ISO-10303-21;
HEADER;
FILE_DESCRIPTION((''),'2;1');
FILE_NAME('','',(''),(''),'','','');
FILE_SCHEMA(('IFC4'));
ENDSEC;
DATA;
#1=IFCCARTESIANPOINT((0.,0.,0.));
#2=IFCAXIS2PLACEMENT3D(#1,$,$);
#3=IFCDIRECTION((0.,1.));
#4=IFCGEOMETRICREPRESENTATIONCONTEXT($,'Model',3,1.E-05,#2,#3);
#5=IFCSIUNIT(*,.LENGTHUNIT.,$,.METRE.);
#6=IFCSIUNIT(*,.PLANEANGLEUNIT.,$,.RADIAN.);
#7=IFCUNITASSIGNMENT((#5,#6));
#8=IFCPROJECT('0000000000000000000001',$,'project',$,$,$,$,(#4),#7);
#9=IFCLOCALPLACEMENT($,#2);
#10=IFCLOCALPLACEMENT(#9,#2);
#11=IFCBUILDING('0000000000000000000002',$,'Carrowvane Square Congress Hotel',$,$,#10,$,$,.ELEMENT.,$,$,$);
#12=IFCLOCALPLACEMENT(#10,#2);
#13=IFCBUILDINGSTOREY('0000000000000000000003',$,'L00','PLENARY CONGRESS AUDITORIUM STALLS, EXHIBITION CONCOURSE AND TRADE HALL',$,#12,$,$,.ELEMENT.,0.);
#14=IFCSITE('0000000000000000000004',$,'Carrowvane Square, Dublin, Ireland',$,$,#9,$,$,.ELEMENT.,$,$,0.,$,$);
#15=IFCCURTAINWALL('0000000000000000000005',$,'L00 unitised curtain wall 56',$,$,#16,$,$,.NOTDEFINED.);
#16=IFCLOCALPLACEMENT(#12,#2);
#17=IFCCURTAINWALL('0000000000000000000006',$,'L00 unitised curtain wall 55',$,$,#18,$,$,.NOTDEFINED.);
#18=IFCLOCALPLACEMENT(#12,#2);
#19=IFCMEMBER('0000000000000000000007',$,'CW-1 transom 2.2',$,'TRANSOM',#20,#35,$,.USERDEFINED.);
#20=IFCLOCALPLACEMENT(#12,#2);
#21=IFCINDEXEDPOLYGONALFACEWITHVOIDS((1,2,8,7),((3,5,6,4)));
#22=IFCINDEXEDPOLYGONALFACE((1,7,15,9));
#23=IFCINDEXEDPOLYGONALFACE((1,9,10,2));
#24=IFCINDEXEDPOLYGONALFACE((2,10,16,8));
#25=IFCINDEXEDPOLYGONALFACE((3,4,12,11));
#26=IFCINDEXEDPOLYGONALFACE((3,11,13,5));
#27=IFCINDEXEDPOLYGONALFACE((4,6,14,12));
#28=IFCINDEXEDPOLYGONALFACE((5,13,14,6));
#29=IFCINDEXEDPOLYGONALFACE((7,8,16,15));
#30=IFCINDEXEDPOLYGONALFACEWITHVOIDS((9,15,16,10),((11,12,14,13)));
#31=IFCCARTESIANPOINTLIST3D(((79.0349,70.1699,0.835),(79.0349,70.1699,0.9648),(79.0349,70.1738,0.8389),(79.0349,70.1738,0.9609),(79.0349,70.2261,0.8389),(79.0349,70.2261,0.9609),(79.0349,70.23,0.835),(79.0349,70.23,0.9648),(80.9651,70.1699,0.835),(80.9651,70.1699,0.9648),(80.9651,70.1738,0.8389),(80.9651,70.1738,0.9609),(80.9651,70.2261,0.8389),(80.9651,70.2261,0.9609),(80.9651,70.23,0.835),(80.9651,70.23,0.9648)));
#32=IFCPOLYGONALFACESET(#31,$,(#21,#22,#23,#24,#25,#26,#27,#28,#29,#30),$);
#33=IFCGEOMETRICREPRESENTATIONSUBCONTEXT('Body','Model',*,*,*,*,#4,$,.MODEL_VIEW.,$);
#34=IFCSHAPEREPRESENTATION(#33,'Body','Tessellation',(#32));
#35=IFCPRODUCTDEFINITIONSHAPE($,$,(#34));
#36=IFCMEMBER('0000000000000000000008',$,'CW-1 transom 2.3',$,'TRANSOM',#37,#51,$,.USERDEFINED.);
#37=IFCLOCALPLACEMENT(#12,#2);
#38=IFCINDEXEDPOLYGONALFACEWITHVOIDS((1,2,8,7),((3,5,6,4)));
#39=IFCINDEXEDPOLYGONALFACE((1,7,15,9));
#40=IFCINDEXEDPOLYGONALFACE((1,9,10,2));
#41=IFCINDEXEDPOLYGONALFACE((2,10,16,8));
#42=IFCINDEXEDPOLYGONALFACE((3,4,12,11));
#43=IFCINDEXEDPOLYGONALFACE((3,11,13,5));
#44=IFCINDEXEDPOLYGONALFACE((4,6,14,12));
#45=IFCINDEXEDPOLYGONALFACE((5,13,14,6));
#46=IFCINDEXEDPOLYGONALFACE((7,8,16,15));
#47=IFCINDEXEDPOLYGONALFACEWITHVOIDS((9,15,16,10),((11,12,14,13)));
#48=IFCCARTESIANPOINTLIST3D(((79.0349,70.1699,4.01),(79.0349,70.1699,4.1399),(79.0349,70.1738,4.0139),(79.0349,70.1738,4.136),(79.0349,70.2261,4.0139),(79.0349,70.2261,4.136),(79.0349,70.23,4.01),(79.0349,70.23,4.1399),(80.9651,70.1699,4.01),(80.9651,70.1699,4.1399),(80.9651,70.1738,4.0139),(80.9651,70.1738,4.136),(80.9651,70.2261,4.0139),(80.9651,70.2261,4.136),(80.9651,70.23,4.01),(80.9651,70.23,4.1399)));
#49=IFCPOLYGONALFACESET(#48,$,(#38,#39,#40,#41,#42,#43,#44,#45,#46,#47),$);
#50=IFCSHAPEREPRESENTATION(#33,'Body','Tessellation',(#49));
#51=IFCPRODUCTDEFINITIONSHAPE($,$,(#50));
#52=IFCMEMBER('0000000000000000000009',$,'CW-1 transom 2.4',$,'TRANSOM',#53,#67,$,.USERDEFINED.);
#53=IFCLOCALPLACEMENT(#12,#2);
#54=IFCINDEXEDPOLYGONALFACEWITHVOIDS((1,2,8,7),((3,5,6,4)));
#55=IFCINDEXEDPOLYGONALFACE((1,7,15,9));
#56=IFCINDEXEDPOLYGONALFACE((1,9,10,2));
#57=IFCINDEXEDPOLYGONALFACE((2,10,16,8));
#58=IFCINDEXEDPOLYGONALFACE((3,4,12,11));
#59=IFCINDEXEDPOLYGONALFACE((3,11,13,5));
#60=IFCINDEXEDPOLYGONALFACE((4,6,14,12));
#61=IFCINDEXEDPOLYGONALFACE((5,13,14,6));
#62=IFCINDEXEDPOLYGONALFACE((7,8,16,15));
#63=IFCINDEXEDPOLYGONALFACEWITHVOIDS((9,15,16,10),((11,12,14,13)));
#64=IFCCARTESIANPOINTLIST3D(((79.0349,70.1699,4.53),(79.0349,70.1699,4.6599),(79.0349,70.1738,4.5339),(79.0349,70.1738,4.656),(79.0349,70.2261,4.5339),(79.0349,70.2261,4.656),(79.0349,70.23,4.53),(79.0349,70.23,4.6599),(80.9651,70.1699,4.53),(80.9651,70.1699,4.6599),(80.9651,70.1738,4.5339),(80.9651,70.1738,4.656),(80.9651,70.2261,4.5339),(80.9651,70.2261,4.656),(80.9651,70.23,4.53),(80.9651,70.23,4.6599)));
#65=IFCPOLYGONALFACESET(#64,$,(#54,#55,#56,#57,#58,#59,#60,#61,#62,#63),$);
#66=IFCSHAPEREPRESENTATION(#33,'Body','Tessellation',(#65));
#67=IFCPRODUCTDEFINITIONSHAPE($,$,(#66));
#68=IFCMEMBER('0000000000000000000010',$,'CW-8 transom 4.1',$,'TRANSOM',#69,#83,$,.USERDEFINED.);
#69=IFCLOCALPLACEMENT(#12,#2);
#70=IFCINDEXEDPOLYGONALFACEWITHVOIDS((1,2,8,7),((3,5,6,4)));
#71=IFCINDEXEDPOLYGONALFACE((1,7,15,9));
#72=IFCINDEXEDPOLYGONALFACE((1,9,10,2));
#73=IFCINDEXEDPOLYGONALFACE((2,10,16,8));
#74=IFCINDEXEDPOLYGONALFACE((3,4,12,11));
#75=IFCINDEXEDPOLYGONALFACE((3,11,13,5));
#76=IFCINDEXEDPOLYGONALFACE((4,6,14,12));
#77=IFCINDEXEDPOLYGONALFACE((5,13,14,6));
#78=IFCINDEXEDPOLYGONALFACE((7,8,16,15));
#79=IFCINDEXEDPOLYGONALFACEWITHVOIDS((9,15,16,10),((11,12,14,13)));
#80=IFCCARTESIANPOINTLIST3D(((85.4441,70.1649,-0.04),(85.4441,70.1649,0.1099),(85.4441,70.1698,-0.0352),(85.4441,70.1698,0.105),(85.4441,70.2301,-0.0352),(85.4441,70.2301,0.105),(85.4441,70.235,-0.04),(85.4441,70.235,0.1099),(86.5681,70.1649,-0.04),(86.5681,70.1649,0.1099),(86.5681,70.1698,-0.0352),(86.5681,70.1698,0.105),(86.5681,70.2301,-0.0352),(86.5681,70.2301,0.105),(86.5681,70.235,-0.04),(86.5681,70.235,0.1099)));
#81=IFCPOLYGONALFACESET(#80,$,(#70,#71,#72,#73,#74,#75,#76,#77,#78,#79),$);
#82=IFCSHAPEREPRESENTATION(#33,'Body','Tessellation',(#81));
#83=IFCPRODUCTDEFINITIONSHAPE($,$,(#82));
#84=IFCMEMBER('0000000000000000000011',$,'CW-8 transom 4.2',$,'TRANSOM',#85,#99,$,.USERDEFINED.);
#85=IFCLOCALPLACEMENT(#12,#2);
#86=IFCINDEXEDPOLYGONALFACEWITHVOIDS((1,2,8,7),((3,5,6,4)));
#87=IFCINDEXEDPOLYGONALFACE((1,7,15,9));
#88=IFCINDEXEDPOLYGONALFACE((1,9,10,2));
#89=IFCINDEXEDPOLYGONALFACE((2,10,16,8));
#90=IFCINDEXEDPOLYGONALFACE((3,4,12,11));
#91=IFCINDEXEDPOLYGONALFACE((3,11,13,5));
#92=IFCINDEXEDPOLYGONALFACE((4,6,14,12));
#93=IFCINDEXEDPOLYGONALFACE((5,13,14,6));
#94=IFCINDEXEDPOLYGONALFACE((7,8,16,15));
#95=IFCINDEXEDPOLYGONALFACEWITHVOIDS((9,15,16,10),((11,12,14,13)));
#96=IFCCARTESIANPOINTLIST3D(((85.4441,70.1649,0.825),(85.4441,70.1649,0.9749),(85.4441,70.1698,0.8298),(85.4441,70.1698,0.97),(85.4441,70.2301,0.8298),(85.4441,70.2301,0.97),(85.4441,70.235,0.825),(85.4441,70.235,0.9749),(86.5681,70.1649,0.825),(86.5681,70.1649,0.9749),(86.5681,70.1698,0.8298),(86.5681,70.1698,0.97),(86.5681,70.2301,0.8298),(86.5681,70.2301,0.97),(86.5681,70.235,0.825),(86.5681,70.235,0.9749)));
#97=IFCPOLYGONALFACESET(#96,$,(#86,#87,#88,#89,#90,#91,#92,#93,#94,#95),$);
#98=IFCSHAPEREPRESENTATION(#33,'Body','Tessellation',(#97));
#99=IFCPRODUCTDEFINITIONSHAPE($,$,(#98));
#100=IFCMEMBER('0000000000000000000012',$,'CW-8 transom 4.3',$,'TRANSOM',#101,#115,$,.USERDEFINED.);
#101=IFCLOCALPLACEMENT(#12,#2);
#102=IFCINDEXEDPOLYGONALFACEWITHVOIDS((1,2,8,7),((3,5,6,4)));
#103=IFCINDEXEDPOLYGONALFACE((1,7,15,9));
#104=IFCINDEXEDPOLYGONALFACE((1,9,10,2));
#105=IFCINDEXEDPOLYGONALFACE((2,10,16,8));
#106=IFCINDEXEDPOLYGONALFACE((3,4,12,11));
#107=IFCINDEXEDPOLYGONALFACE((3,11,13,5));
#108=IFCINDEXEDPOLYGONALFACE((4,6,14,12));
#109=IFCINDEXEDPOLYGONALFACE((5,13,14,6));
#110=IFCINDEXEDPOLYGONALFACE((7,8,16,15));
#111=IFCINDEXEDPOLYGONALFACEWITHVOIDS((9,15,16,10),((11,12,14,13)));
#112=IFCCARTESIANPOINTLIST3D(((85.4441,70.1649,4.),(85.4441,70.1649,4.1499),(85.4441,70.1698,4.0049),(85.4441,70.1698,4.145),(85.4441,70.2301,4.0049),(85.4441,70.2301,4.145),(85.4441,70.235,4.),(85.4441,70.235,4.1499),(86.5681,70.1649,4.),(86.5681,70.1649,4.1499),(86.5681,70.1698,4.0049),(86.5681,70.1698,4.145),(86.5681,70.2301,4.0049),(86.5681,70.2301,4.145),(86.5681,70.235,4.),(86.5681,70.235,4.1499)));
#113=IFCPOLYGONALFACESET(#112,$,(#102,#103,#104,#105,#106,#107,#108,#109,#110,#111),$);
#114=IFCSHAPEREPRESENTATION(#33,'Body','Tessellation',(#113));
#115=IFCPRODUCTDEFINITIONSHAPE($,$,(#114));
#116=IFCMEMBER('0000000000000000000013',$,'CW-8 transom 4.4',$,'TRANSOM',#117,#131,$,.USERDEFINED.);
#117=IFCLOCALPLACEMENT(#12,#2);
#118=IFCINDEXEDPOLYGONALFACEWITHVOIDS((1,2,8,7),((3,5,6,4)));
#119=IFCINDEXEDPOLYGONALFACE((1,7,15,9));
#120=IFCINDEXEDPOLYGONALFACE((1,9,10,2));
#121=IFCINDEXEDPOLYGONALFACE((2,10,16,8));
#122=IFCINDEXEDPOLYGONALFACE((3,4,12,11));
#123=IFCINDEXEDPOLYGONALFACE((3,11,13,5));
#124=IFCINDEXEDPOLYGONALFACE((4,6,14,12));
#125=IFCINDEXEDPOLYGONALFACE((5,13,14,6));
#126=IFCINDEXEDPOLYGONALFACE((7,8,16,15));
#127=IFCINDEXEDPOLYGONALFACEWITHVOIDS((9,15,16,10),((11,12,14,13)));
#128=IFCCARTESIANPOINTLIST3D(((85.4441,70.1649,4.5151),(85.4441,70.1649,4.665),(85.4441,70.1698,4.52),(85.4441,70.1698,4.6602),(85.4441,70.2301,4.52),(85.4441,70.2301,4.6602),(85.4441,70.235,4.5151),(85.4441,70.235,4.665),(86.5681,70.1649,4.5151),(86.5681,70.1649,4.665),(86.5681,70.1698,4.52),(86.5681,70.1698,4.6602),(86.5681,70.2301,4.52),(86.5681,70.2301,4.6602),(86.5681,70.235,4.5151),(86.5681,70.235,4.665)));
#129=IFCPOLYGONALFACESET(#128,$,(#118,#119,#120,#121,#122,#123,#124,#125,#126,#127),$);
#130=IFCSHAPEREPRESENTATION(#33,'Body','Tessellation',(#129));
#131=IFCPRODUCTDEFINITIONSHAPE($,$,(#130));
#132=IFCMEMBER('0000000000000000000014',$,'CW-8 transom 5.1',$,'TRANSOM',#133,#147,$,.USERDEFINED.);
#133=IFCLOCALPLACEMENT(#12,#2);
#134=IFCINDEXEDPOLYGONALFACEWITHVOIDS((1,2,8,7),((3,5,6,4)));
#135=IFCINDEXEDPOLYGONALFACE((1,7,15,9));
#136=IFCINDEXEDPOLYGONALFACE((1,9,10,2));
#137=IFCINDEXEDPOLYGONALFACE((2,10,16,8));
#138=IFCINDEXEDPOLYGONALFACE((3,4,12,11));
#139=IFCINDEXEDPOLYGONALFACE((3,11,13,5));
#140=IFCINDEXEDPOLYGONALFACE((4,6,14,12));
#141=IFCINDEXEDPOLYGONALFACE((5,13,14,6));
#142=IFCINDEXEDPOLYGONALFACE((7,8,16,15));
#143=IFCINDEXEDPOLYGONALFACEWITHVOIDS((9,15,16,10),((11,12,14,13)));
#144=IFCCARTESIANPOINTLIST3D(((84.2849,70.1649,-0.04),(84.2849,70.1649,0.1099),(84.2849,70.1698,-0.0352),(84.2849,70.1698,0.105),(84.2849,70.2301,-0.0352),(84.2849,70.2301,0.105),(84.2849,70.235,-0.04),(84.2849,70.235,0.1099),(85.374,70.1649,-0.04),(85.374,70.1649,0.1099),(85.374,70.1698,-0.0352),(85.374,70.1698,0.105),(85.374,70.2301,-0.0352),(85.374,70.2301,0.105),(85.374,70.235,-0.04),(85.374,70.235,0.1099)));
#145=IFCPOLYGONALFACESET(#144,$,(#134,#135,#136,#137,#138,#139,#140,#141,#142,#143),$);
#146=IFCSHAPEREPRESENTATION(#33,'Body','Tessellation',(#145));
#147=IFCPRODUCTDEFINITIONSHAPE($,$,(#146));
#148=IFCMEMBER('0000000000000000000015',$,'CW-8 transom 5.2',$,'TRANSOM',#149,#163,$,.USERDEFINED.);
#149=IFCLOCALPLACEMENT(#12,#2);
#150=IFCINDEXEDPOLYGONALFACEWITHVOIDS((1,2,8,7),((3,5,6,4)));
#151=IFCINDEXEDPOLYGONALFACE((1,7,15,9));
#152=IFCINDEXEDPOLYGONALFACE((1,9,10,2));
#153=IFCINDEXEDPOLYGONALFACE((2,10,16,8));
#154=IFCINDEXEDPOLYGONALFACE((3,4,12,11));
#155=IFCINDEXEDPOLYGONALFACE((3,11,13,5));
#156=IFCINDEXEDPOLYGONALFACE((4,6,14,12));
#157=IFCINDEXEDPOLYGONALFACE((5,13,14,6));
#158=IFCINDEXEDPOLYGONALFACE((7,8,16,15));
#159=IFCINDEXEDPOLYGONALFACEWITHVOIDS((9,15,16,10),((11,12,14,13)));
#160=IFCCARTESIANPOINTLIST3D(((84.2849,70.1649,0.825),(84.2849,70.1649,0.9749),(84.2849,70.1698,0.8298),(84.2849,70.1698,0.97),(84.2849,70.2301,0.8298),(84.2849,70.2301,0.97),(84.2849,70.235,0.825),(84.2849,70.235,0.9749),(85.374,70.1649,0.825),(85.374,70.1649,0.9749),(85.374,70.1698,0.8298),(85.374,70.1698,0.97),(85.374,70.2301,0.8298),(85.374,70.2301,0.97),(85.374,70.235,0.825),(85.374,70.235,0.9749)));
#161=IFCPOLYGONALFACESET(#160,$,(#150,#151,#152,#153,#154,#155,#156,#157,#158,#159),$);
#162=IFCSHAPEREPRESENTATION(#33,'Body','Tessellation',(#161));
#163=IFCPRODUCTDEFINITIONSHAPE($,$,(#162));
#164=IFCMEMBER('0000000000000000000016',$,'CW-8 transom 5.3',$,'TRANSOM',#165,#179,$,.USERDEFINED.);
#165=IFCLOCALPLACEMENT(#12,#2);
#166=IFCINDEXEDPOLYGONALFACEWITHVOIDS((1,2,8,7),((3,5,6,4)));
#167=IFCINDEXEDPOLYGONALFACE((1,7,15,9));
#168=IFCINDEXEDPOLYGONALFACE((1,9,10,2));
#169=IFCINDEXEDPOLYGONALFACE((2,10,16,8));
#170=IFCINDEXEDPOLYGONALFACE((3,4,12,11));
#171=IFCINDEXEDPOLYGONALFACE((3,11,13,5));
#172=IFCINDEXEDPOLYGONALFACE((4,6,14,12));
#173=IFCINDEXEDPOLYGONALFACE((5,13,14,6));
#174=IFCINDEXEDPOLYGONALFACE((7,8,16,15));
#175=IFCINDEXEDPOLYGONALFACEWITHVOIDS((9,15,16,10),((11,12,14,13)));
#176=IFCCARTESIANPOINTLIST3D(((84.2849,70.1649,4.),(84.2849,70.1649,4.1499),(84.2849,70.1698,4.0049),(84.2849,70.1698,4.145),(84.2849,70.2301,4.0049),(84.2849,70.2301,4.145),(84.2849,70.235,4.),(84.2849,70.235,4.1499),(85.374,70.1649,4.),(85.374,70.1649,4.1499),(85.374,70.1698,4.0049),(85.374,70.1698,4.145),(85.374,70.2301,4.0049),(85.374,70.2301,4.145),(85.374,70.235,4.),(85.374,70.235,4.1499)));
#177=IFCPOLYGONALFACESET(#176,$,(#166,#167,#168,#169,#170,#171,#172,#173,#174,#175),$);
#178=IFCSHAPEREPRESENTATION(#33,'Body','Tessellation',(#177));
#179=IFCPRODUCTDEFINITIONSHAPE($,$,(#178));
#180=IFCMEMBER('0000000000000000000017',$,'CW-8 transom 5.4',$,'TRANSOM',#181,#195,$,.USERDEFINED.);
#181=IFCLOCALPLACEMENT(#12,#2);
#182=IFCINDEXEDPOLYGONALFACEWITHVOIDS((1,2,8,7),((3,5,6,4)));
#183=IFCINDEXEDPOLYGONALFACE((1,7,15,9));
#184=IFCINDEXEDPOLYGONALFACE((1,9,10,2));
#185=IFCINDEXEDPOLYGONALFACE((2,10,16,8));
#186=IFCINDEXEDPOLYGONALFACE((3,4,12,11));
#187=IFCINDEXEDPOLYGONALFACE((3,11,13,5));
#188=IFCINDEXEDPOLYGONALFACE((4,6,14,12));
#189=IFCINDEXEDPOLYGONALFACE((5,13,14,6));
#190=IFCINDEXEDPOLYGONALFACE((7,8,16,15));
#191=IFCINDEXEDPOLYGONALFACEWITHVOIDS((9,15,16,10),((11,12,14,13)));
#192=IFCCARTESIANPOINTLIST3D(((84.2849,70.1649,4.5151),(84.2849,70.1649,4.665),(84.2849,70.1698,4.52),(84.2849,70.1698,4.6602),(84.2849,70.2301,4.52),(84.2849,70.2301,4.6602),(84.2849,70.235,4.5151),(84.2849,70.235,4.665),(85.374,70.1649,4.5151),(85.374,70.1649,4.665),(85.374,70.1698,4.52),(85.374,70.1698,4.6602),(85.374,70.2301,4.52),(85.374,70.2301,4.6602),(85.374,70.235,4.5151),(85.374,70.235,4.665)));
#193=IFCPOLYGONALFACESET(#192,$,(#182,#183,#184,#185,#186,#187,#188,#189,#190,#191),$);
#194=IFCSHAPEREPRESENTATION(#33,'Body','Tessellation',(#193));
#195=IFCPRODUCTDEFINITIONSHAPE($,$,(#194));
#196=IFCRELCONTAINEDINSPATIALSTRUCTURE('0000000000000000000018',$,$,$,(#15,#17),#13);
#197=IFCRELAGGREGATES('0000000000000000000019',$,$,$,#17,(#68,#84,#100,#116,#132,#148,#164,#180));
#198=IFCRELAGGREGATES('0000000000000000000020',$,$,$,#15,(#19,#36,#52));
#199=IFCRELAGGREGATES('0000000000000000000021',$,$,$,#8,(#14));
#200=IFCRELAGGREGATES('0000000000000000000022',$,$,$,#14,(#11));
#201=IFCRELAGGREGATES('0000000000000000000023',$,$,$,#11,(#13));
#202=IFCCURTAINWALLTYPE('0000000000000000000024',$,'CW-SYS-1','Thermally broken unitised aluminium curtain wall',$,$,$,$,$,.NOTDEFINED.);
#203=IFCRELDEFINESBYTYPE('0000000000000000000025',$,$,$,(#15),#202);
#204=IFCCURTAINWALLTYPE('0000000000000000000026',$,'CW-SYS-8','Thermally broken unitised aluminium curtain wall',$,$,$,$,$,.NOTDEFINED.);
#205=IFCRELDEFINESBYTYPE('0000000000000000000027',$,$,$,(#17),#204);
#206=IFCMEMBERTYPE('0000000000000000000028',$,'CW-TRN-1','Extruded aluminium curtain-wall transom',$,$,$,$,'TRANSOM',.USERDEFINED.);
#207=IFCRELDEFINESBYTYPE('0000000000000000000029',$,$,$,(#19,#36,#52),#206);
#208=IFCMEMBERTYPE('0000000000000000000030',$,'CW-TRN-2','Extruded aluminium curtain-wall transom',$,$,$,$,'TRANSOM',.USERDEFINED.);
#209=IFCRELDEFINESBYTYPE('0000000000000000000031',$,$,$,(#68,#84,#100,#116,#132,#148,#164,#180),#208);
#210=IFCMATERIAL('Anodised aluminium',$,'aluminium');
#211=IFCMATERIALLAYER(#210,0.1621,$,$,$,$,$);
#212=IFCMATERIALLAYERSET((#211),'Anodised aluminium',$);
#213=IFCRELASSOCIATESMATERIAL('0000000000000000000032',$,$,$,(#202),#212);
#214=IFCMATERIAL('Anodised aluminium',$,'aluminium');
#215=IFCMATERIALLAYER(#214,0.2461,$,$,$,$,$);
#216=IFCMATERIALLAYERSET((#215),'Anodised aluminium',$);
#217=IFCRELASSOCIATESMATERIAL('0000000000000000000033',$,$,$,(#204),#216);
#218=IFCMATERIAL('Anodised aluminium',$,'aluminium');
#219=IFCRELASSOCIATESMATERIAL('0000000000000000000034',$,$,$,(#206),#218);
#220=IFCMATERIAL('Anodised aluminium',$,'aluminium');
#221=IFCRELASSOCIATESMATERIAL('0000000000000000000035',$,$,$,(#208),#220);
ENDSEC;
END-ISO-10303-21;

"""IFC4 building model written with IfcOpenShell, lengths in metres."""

from ifc_helpers import new_model, si_unit, direction, frame, origin, origin_2d, place, context, subcontext, project, spatial, hollow_rectangle, extrude, material, layer, layer_set, material_profile, profile_set, type_object, element, aggregate, save


model = new_model("IFC4")

# Units and contexts
model_context = context("Model", 3, precision=1e-05, world=origin(), true_north=direction((0.0, 1.0)))
body_context = subcontext(model_context, "Body", "Model", "MODEL_VIEW")
ifc_project = project(units=[si_unit("LENGTHUNIT", "METRE"), si_unit("PLANEANGLEUNIT", "RADIAN")], contexts=[model_context])

# Site, building, storey
site_placement = place(None, origin())
site = spatial("IfcSite", under=ifc_project, at=site_placement, Name="Carrowvane Square, Dublin, Ireland", CompositionType="ELEMENT", RefElevation=0.0)
building_placement = place(site_placement, origin())
building = spatial("IfcBuilding", under=site, at=building_placement, Name="Carrowvane Square Congress Hotel", CompositionType="ELEMENT")
storey_placement = place(building_placement, origin())
storey = spatial("IfcBuildingStorey", under=building, at=storey_placement, Name="L00", Description="PLENARY CONGRESS AUDITORIUM STALLS, EXHIBITION CONCOURSE AND TRADE HALL", CompositionType="ELEMENT", Elevation=0.0)

# Curtain walls
ifc_material_1 = material(Name="Anodised aluminium", Category="aluminium")
ifc_layer_1 = layer(ifc_material_1, 0.1621)
ifc_layer_set_1 = layer_set([ifc_layer_1], Name="Anodised aluminium")
curtain_wall_type_1 = type_object("IfcCurtainWallType", Name="CW-SYS-1", Description="Thermally broken unitised aluminium curtain wall", PredefinedType="NOTDEFINED", material=ifc_layer_set_1)
curtain_wall_1_placement = place(storey_placement, origin())
curtain_wall_1 = element("IfcCurtainWall", 1, at=curtain_wall_1_placement, inside=storey, type_object=curtain_wall_type_1, Name="L00 unitised curtain wall 56", PredefinedType="NOTDEFINED")
ifc_material_2 = material(Name="Anodised aluminium", Category="aluminium")
ifc_layer_2 = layer(ifc_material_2, 0.2461)
ifc_layer_set_2 = layer_set([ifc_layer_2], Name="Anodised aluminium")
curtain_wall_type_2 = type_object("IfcCurtainWallType", Name="CW-SYS-8", Description="Thermally broken unitised aluminium curtain wall", PredefinedType="NOTDEFINED", material=ifc_layer_set_2)
curtain_wall_2_placement = place(storey_placement, origin())
curtain_wall_2 = element("IfcCurtainWall", 2, at=curtain_wall_2_placement, inside=storey, type_object=curtain_wall_type_2, Name="L00 unitised curtain wall 55", PredefinedType="NOTDEFINED")

# Members
ifc_material_3 = material(Name="Anodised aluminium", Category="aluminium")
ifc_material_profile_1 = material_profile(ifc_material_3, hollow_rectangle(XDim=0.0601, YDim=0.1299, WallThickness=0.0039, at=origin_2d()), Name="CW-TR 60x130x4")
ifc_profile_set_1 = profile_set([ifc_material_profile_1], Name="Anodised aluminium")
member_type_1 = type_object("IfcMemberType", Name="CW-TRN-1", Description="Extruded aluminium curtain-wall transom", ElementType="TRANSOM", PredefinedType="USERDEFINED", material=ifc_profile_set_1)
member_1_placement = place(storey_placement, frame((80.9651, 70.2, 0.8999), z_axis=(-1.0, 0.0, 0.0), x_axis=(0.0, -1.0, 0.0)))
member_1 = element("IfcMember", 3, at=member_1_placement, type_object=member_type_1, Name="CW-1 transom 2.2", ObjectType="TRANSOM", PredefinedType="USERDEFINED", context=body_context, shape_type="SweptSolid", body=[
    extrude(hollow_rectangle(XDim=0.0601, YDim=0.1299, WallThickness=0.0039, at=origin_2d()), origin(), (0.0, 0.0, 1.0), 1.9302),
])
member_2_placement = place(storey_placement, frame((80.9651, 70.2, 4.075), z_axis=(-1.0, 0.0, 0.0), x_axis=(0.0, -1.0, 0.0)))
member_2 = element("IfcMember", 4, at=member_2_placement, type_object=member_type_1, Name="CW-1 transom 2.3", ObjectType="TRANSOM", PredefinedType="USERDEFINED", context=body_context, shape_type="SweptSolid", body=[
    extrude(hollow_rectangle(XDim=0.0601, YDim=0.1299, WallThickness=0.0039, at=origin_2d()), origin(), (0.0, 0.0, 1.0), 1.9302),
])
member_3_placement = place(storey_placement, frame((80.9651, 70.2, 4.595), z_axis=(-1.0, 0.0, 0.0), x_axis=(0.0, -1.0, 0.0)))
member_3 = element("IfcMember", 5, at=member_3_placement, type_object=member_type_1, Name="CW-1 transom 2.4", ObjectType="TRANSOM", PredefinedType="USERDEFINED", context=body_context, shape_type="SweptSolid", body=[
    extrude(hollow_rectangle(XDim=0.0601, YDim=0.1299, WallThickness=0.0039, at=origin_2d()), origin(), (0.0, 0.0, 1.0), 1.9302),
])
ifc_material_4 = material(Name="Anodised aluminium", Category="aluminium")
ifc_material_profile_2 = material_profile(ifc_material_4, hollow_rectangle(XDim=0.0701, YDim=0.1499, WallThickness=0.0049, at=origin_2d()), Name="CW-TR 70x150x5")
ifc_profile_set_2 = profile_set([ifc_material_profile_2], Name="Anodised aluminium")
member_type_2 = type_object("IfcMemberType", Name="CW-TRN-2", Description="Extruded aluminium curtain-wall transom", ElementType="TRANSOM", PredefinedType="USERDEFINED", material=ifc_profile_set_2)
member_4_placement = place(storey_placement, frame((86.5681, 70.2, 0.0349), z_axis=(-1.0, 0.0, 0.0), x_axis=(0.0, -1.0, 0.0)))
member_4 = element("IfcMember", 6, at=member_4_placement, type_object=member_type_2, Name="CW-8 transom 4.1", ObjectType="TRANSOM", PredefinedType="USERDEFINED", context=body_context, shape_type="SweptSolid", body=[
    extrude(hollow_rectangle(XDim=0.0701, YDim=0.1499, WallThickness=0.0049, at=origin_2d()), origin(), (0.0, 0.0, 1.0), 1.124),
])
member_5_placement = place(storey_placement, frame((86.5681, 70.2, 0.8999), z_axis=(-1.0, 0.0, 0.0), x_axis=(0.0, -1.0, 0.0)))
member_5 = element("IfcMember", 7, at=member_5_placement, type_object=member_type_2, Name="CW-8 transom 4.2", ObjectType="TRANSOM", PredefinedType="USERDEFINED", context=body_context, shape_type="SweptSolid", body=[
    extrude(hollow_rectangle(XDim=0.0701, YDim=0.1499, WallThickness=0.0049, at=origin_2d()), origin(), (0.0, 0.0, 1.0), 1.124),
])
member_6_placement = place(storey_placement, frame((86.5681, 70.2, 4.075), z_axis=(-1.0, 0.0, 0.0), x_axis=(0.0, -1.0, 0.0)))
member_6 = element("IfcMember", 8, at=member_6_placement, type_object=member_type_2, Name="CW-8 transom 4.3", ObjectType="TRANSOM", PredefinedType="USERDEFINED", context=body_context, shape_type="SweptSolid", body=[
    extrude(hollow_rectangle(XDim=0.0701, YDim=0.1499, WallThickness=0.0049, at=origin_2d()), origin(), (0.0, 0.0, 1.0), 1.124),
])
member_7_placement = place(storey_placement, frame((86.5681, 70.2, 4.5901), z_axis=(-1.0, 0.0, 0.0), x_axis=(0.0, -1.0, 0.0)))
member_7 = element("IfcMember", 9, at=member_7_placement, type_object=member_type_2, Name="CW-8 transom 4.4", ObjectType="TRANSOM", PredefinedType="USERDEFINED", context=body_context, shape_type="SweptSolid", body=[
    extrude(hollow_rectangle(XDim=0.0701, YDim=0.1499, WallThickness=0.0049, at=origin_2d()), origin(), (0.0, 0.0, 1.0), 1.124),
])
member_8_placement = place(storey_placement, frame((85.374, 70.2, 0.0349), z_axis=(-1.0, 0.0, 0.0), x_axis=(0.0, -1.0, 0.0)))
member_8 = element("IfcMember", 10, at=member_8_placement, type_object=member_type_2, Name="CW-8 transom 5.1", ObjectType="TRANSOM", PredefinedType="USERDEFINED", context=body_context, shape_type="SweptSolid", body=[
    extrude(hollow_rectangle(XDim=0.0701, YDim=0.1499, WallThickness=0.0049, at=origin_2d()), origin(), (0.0, 0.0, 1.0), 1.0891),
])
member_9_placement = place(storey_placement, frame((85.374, 70.2, 0.8999), z_axis=(-1.0, 0.0, 0.0), x_axis=(0.0, -1.0, 0.0)))
member_9 = element("IfcMember", 11, at=member_9_placement, type_object=member_type_2, Name="CW-8 transom 5.2", ObjectType="TRANSOM", PredefinedType="USERDEFINED", context=body_context, shape_type="SweptSolid", body=[
    extrude(hollow_rectangle(XDim=0.0701, YDim=0.1499, WallThickness=0.0049, at=origin_2d()), origin(), (0.0, 0.0, 1.0), 1.0891),
])
member_10_placement = place(storey_placement, frame((85.374, 70.2, 4.075), z_axis=(-1.0, 0.0, 0.0), x_axis=(0.0, -1.0, 0.0)))
member_10 = element("IfcMember", 12, at=member_10_placement, type_object=member_type_2, Name="CW-8 transom 5.3", ObjectType="TRANSOM", PredefinedType="USERDEFINED", context=body_context, shape_type="SweptSolid", body=[
    extrude(hollow_rectangle(XDim=0.0701, YDim=0.1499, WallThickness=0.0049, at=origin_2d()), origin(), (0.0, 0.0, 1.0), 1.0891),
])
member_11_placement = place(storey_placement, frame((85.374, 70.2, 4.5901), z_axis=(-1.0, 0.0, 0.0), x_axis=(0.0, -1.0, 0.0)))
member_11 = element("IfcMember", 13, at=member_11_placement, type_object=member_type_2, Name="CW-8 transom 5.4", ObjectType="TRANSOM", PredefinedType="USERDEFINED", context=body_context, shape_type="SweptSolid", body=[
    extrude(hollow_rectangle(XDim=0.0701, YDim=0.1499, WallThickness=0.0049, at=origin_2d()), origin(), (0.0, 0.0, 1.0), 1.0891),
])

aggregate(curtain_wall_2, [member_4, member_5, member_6, member_7, member_8, member_9, member_10, member_11])
aggregate(curtain_wall_1, [member_1, member_2, member_3])

save(model, "model.ifc")
